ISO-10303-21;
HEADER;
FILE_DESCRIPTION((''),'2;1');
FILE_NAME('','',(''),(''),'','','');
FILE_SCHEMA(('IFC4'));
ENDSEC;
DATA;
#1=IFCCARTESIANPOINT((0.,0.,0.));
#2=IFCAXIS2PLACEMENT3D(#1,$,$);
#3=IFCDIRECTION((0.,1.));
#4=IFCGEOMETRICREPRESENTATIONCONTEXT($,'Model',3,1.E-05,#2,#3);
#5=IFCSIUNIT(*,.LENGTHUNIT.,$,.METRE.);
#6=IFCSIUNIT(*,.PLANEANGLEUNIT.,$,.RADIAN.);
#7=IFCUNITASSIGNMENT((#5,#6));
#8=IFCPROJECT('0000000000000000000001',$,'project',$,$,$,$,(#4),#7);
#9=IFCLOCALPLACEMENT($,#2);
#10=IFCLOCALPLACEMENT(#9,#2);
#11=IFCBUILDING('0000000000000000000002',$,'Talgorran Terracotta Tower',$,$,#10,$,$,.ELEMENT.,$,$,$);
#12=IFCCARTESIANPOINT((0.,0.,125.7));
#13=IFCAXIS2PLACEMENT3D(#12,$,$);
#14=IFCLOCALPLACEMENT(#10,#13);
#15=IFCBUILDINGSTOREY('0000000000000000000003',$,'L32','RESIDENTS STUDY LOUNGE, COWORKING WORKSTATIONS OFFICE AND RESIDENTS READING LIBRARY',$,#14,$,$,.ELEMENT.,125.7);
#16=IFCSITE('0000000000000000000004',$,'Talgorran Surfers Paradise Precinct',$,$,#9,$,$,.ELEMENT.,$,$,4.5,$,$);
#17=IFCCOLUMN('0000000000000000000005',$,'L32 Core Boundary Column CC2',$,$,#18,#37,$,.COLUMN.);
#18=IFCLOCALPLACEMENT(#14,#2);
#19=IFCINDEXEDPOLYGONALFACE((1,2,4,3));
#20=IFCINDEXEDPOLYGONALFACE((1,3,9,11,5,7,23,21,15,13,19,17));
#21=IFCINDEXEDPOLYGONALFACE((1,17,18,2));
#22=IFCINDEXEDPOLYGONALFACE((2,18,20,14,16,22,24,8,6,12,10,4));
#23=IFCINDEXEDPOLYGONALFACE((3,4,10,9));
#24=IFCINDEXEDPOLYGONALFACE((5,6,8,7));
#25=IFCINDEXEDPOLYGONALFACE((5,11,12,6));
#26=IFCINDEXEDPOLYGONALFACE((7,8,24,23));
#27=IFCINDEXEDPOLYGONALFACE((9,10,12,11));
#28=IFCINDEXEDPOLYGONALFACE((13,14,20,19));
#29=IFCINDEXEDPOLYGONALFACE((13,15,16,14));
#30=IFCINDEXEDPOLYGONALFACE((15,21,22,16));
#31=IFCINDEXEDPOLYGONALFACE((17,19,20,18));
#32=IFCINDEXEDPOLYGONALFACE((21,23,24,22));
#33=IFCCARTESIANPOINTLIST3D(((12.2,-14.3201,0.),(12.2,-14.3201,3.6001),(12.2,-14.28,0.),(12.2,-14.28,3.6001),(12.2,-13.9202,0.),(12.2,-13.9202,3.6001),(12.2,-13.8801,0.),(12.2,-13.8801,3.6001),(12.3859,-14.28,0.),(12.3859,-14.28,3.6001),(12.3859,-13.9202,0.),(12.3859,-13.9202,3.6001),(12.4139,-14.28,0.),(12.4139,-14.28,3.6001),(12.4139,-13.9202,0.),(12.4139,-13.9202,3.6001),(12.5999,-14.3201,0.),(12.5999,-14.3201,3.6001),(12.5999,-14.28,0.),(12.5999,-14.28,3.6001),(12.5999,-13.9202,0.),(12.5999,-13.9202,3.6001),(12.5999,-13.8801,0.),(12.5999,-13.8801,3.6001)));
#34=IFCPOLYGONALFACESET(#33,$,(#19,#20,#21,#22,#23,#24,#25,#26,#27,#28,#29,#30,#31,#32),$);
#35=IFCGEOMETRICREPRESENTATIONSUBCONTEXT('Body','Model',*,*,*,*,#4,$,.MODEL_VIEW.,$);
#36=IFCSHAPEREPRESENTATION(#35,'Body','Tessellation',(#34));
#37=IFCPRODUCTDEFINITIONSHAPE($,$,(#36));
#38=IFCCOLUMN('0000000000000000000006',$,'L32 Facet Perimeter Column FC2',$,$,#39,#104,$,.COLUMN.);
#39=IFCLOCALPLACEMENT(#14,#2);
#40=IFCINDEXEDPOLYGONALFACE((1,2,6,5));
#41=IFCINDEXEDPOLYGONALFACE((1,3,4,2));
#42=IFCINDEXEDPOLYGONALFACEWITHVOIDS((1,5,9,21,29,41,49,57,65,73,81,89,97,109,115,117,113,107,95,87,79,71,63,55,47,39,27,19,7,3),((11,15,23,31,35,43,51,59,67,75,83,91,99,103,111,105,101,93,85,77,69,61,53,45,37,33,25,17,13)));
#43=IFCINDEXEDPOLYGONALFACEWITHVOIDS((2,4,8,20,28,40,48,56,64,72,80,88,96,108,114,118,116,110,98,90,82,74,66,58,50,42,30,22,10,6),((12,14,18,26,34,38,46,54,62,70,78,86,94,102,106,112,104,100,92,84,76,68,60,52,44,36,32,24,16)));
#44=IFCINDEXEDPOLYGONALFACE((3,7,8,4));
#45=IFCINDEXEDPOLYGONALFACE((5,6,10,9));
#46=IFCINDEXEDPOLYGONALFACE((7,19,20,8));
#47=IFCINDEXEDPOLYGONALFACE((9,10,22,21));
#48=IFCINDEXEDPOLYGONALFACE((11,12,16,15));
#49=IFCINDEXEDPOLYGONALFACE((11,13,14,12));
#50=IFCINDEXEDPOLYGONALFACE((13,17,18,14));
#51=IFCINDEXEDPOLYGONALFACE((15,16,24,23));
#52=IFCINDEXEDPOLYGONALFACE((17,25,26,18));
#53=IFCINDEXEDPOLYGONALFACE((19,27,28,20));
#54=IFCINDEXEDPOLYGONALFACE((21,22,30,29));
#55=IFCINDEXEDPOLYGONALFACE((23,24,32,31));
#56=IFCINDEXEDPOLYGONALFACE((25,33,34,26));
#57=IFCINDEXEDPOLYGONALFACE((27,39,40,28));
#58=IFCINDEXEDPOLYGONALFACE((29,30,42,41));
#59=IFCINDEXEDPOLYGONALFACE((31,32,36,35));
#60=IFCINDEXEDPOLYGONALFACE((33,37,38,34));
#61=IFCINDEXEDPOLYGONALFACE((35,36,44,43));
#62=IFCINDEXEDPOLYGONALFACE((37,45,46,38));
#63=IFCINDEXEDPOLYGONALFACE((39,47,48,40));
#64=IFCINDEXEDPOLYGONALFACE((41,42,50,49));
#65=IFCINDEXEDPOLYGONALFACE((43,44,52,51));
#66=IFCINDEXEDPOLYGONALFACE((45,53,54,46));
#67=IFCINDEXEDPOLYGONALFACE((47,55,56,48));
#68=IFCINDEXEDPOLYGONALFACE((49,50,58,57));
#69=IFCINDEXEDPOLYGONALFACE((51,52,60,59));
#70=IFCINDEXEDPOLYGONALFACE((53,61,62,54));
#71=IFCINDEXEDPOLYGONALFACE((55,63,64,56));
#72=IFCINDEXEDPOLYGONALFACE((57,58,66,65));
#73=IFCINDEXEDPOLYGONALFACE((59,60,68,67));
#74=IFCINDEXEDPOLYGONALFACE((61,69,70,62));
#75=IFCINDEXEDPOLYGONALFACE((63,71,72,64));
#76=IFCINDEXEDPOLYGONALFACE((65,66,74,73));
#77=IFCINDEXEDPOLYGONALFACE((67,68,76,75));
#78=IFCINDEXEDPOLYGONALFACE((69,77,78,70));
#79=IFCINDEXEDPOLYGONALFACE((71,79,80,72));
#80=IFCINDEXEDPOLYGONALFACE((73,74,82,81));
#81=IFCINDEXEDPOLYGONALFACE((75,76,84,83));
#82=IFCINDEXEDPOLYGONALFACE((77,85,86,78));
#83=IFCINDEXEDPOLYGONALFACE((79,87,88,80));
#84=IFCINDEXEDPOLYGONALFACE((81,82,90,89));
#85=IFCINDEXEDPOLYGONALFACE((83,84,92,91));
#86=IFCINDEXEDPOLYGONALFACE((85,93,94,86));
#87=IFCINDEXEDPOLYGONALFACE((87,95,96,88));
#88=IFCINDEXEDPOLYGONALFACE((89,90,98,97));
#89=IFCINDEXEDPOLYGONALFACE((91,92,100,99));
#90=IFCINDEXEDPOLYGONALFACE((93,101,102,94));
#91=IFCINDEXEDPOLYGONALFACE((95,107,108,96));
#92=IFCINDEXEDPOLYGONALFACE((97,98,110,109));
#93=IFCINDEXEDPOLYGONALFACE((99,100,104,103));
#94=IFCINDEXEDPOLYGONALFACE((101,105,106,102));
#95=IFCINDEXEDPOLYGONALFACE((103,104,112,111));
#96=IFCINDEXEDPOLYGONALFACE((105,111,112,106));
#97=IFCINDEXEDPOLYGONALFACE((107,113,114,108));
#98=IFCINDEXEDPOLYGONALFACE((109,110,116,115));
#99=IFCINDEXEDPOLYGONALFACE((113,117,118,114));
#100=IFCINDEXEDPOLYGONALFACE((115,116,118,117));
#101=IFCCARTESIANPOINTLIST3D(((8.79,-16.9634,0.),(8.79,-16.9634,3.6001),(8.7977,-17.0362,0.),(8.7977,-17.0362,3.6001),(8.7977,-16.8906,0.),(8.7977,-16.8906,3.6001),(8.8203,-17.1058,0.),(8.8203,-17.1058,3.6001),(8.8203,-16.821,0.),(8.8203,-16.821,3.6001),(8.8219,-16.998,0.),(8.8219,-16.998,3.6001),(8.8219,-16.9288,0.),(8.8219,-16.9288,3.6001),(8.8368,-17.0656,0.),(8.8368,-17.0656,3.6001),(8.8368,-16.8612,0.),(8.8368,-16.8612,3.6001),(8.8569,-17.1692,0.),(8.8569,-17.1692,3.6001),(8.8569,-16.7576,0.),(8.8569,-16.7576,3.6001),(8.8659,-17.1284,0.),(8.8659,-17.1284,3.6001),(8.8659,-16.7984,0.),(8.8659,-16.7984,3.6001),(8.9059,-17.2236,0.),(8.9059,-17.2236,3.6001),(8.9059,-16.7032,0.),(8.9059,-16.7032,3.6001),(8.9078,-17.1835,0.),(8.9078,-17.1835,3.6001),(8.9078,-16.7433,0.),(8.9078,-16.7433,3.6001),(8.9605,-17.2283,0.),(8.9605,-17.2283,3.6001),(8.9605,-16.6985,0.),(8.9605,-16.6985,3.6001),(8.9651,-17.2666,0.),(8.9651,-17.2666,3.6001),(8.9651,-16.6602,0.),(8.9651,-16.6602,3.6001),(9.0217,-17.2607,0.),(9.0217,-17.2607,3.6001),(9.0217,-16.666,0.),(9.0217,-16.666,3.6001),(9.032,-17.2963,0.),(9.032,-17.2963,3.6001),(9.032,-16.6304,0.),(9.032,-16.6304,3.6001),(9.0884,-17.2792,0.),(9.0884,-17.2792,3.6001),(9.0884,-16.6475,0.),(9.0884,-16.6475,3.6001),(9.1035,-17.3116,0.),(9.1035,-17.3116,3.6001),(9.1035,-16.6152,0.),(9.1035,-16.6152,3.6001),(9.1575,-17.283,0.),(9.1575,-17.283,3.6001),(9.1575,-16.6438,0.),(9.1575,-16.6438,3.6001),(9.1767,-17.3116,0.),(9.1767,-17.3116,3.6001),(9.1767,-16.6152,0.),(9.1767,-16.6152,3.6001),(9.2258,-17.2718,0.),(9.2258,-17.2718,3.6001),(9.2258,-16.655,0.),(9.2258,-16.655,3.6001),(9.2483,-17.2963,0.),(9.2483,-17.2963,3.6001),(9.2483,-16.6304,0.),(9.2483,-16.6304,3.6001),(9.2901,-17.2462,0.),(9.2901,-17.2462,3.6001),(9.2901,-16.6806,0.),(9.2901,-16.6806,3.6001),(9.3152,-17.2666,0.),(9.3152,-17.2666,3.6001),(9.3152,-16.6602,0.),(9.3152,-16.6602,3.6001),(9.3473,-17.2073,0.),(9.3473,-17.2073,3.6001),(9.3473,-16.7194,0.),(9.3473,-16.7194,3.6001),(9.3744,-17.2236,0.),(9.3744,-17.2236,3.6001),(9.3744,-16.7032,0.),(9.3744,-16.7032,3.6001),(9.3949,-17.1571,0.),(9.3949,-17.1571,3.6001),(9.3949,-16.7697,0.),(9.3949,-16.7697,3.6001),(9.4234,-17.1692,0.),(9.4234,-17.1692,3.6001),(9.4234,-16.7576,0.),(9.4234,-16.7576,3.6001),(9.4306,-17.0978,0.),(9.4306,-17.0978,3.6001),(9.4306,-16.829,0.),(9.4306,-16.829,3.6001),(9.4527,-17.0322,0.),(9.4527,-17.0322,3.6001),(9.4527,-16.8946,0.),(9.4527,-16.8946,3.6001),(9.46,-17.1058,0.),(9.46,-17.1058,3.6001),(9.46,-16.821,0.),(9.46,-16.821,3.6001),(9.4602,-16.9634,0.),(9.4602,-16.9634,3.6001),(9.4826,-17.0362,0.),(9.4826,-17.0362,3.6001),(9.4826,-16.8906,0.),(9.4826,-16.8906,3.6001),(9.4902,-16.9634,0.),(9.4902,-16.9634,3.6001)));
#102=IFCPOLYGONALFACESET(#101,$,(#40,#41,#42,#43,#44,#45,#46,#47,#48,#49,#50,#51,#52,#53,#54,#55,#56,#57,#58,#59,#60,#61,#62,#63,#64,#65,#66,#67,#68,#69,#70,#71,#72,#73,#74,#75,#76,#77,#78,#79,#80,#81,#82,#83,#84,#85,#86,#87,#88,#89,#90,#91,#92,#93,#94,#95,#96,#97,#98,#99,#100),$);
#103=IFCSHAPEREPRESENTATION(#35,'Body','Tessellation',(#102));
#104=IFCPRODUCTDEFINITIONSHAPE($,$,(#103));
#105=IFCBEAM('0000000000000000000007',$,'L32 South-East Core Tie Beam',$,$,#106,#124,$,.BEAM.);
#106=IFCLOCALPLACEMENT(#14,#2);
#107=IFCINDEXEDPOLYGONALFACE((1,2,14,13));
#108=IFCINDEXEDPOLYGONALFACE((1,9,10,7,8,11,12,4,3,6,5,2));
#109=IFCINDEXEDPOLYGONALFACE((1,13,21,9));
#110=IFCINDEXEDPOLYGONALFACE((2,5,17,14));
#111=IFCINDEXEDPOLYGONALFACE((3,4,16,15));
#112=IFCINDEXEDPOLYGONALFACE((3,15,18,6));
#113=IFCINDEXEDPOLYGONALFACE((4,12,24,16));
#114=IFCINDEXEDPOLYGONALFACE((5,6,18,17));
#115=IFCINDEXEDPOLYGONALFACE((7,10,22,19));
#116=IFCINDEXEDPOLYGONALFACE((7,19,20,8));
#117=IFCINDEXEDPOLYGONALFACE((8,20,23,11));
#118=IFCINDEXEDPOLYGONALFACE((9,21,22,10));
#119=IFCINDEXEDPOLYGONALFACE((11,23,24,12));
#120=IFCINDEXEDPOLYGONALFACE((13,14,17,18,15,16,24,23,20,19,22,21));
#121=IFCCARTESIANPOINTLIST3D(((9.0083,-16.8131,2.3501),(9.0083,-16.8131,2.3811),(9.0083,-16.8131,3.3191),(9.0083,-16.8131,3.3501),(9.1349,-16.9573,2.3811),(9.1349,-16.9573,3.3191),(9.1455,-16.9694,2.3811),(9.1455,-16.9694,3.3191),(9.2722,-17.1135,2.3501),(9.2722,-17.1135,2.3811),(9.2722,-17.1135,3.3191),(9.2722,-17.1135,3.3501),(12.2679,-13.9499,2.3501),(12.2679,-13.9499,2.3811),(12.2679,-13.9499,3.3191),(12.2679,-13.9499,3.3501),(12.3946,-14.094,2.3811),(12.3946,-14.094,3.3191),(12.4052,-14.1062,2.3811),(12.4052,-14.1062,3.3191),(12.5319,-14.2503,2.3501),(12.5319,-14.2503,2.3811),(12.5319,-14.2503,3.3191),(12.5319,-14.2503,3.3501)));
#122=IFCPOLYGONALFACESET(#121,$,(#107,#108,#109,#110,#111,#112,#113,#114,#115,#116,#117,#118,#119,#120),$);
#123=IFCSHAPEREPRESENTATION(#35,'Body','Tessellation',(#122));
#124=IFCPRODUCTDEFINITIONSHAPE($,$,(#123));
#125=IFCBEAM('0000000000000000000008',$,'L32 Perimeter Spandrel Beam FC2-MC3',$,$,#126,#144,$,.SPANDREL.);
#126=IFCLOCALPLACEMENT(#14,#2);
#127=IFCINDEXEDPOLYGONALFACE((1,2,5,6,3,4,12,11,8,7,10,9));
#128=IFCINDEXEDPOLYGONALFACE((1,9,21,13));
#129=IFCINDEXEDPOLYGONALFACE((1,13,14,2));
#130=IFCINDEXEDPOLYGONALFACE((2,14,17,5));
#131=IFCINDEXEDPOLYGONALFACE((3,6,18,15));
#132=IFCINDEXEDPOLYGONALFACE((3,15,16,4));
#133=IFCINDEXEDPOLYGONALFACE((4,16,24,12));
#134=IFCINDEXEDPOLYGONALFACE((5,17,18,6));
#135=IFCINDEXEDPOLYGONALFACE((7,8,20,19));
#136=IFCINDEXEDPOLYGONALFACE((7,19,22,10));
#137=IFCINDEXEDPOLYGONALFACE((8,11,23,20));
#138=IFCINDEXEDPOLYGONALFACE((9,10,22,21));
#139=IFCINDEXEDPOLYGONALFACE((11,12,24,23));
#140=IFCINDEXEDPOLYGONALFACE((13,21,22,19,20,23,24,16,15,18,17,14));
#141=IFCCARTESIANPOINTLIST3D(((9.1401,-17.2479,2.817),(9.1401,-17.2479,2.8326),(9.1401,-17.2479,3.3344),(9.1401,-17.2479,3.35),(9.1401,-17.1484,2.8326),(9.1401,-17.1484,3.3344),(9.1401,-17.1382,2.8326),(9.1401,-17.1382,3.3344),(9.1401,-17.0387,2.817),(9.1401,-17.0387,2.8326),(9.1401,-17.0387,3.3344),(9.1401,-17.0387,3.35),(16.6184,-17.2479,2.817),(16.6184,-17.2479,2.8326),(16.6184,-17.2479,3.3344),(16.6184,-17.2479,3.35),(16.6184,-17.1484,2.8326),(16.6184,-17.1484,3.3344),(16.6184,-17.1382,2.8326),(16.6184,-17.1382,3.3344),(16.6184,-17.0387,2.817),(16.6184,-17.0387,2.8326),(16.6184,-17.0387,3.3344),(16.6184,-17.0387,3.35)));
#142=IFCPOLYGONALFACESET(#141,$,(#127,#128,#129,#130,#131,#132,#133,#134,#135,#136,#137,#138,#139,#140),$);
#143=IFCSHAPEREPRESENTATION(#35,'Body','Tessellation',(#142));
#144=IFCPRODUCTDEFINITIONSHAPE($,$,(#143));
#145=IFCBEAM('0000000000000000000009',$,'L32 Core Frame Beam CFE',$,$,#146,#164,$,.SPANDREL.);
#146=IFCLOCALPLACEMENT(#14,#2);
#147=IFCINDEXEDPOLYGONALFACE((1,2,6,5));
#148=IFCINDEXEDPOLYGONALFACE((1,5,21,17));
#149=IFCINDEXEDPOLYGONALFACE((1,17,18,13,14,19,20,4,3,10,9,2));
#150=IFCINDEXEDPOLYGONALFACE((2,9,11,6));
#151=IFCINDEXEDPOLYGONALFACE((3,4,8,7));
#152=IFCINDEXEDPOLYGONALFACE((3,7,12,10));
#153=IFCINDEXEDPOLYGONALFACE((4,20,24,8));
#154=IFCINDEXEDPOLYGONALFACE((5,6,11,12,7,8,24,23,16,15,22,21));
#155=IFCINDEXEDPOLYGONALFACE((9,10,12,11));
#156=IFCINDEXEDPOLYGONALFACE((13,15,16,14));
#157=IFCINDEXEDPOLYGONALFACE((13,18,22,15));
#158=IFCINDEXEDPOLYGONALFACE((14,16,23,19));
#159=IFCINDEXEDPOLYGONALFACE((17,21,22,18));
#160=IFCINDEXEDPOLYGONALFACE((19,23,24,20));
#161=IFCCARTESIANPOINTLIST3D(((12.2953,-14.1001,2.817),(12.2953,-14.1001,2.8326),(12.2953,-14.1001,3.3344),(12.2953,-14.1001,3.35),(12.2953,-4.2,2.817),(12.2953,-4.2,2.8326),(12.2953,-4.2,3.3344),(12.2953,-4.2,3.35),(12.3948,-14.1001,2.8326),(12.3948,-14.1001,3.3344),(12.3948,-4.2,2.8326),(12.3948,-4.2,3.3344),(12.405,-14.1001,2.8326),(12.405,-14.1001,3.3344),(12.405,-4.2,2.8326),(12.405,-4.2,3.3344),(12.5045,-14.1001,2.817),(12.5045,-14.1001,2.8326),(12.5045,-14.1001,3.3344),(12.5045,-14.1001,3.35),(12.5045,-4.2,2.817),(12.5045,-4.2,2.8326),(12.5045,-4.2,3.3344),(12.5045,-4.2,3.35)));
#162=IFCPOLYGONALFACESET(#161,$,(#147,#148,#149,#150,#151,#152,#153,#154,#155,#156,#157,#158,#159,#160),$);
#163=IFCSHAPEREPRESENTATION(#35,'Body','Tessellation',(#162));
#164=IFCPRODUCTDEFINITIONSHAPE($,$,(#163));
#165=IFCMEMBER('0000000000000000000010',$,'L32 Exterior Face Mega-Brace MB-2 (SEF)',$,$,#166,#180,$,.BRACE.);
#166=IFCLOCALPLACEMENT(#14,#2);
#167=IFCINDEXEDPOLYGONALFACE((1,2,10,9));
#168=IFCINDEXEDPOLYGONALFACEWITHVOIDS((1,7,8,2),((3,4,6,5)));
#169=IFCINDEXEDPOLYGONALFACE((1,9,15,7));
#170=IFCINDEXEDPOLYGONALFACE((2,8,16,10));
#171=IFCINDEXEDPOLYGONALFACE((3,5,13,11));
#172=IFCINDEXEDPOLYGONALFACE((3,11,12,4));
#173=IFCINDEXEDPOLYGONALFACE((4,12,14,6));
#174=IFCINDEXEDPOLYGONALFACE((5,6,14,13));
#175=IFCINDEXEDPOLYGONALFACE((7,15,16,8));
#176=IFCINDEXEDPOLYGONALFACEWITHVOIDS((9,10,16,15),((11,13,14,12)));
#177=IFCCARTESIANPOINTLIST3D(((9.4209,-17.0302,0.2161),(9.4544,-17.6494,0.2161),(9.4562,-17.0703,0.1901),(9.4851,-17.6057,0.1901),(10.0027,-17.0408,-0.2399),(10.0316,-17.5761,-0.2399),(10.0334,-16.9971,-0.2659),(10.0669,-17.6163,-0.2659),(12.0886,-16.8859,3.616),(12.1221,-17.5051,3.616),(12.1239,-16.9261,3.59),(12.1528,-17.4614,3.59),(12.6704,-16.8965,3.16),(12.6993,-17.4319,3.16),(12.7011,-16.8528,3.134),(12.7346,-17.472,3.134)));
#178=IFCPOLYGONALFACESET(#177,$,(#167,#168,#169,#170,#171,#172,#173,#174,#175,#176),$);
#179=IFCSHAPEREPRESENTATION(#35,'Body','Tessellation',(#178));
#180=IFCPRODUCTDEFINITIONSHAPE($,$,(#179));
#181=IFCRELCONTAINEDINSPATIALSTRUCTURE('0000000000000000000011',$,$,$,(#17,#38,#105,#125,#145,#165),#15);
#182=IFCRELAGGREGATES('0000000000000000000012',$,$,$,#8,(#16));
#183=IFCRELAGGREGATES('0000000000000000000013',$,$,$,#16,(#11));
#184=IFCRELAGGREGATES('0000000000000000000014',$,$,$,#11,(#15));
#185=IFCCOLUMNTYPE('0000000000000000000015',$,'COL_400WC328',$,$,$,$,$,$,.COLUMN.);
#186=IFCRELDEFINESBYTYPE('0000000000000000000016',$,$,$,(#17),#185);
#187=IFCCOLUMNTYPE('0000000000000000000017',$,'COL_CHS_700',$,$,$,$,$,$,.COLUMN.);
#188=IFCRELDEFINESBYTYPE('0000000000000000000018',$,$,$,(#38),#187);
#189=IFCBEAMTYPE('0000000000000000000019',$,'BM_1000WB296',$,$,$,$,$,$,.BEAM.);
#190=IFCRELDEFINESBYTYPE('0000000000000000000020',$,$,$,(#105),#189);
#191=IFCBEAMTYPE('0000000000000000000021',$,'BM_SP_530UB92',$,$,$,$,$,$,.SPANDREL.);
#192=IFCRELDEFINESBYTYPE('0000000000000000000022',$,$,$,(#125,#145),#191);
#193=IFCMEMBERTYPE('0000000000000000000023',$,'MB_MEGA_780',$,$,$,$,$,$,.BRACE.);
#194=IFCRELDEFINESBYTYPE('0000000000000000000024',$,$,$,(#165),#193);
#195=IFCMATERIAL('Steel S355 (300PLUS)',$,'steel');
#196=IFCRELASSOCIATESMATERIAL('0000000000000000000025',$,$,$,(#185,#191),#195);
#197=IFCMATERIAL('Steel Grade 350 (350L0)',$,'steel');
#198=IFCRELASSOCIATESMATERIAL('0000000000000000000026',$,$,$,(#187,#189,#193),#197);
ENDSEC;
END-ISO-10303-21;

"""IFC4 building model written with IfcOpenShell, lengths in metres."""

from ifc_helpers import new_model, si_unit, direction, frame, origin, origin_2d, place, context, subcontext, project, spatial, hollow_rectangle, hollow_circle, i_section, extrude, material, material_profile, profile_set, type_object, element, save


model = new_model("IFC4")

# Units and contexts
model_context = context("Model", 3, precision=1e-05, world=origin(), true_north=direction((0.0, 1.0)))
body_context = subcontext(model_context, "Body", "Model", "MODEL_VIEW")
ifc_project = project(units=[si_unit("LENGTHUNIT", "METRE"), si_unit("PLANEANGLEUNIT", "RADIAN")], contexts=[model_context])

# Site, building, storey
site_placement = place(None, origin())
site = spatial("IfcSite", under=ifc_project, at=site_placement, Name="Talgorran Surfers Paradise Precinct", CompositionType="ELEMENT", RefElevation=4.5)
building_placement = place(site_placement, origin())
building = spatial("IfcBuilding", under=site, at=building_placement, Name="Talgorran Terracotta Tower", CompositionType="ELEMENT")
storey_placement = place(building_placement, frame((0.0, 0.0, 125.7)))
storey = spatial("IfcBuildingStorey", under=building, at=storey_placement, Name="L32", Description="RESIDENTS STUDY LOUNGE, COWORKING WORKSTATIONS OFFICE AND RESIDENTS READING LIBRARY", CompositionType="ELEMENT", Elevation=125.7)

# Columns
ifc_material_1 = material(Name="Steel S355 (300PLUS)", Category="steel")
ifc_material_profile_1 = material_profile(ifc_material_1, i_section(OverallWidth=0.3999, OverallDepth=0.4399, WebThickness=0.0281, FlangeThickness=0.04, at=origin_2d()), Name="400WC328")
ifc_profile_set_1 = profile_set([ifc_material_profile_1], Name="Steel S355 (300PLUS)")
column_type_1 = type_object("IfcColumnType", Name="COL_400WC328", PredefinedType="COLUMN", material=ifc_profile_set_1)
column_1_placement = place(storey_placement, frame((12.3999, -14.1001, 0.0), z_axis=(0.0, 0.0, 1.0), x_axis=(1.0, 0.0, 0.0)))
element("IfcColumn", 1, at=column_1_placement, inside=storey, type_object=column_type_1, Name="L32 Core Boundary Column CC2", PredefinedType="COLUMN", context=body_context, shape_type="SweptSolid", body=[
    extrude(i_section(OverallWidth=0.3999, OverallDepth=0.4399, WebThickness=0.0281, FlangeThickness=0.04, at=origin_2d()), origin(), (0.0, 0.0, 1.0), 3.6001),
])
ifc_material_2 = material(Name="Steel Grade 350 (350L0)", Category="steel")
ifc_material_profile_2 = material_profile(ifc_material_2, hollow_circle(Radius=0.3501, WallThickness=0.03, at=origin_2d()), Name="CHS700X30")
ifc_profile_set_2 = profile_set([ifc_material_profile_2], Name="Steel Grade 350 (350L0)")
column_type_2 = type_object("IfcColumnType", Name="COL_CHS_700", PredefinedType="COLUMN", material=ifc_profile_set_2)
column_2_placement = place(storey_placement, frame((9.1401, -16.9634, 0.0), z_axis=(0.0, 0.0, 1.0), x_axis=(1.0, 0.0, 0.0)))
element("IfcColumn", 2, at=column_2_placement, inside=storey, type_object=column_type_2, Name="L32 Facet Perimeter Column FC2", PredefinedType="COLUMN", context=body_context, shape_type="SweptSolid", body=[
    extrude(hollow_circle(Radius=0.3501, WallThickness=0.03, at=origin_2d()), origin(), (0.0, 0.0, 1.0), 3.6001),
])

# Beams
ifc_material_profile_3 = material_profile(ifc_material_2, i_section(OverallWidth=0.3999, OverallDepth=1.0, WebThickness=0.0161, FlangeThickness=0.031, at=origin_2d()), Name="1000WB296")
ifc_profile_set_3 = profile_set([ifc_material_profile_3], Name="Steel Grade 350 (350L0)")
beam_type_1 = type_object("IfcBeamType", Name="BM_1000WB296", PredefinedType="BEAM", material=ifc_profile_set_3)
beam_1_placement = place(storey_placement, frame((12.3999, -14.1001, 2.8501), z_axis=(-0.75132, -0.659938, 0.0), x_axis=(0.659938, -0.75132, 0.0)))
element("IfcBeam", 3, at=beam_1_placement, inside=storey, type_object=beam_type_1, Name="L32 South-East Core Tie Beam", PredefinedType="BEAM", context=body_context, shape_type="SweptSolid", body=[
    extrude(i_section(OverallWidth=0.3999, OverallDepth=1.0, WebThickness=0.0161, FlangeThickness=0.031, at=origin_2d()), origin(), (0.0, 0.0, 1.0), 4.3386),
])
ifc_material_profile_4 = material_profile(ifc_material_1, i_section(OverallWidth=0.2092, OverallDepth=0.533, WebThickness=0.0103, FlangeThickness=0.0156, at=origin_2d()), Name="530UB92.4")
ifc_profile_set_4 = profile_set([ifc_material_profile_4], Name="Steel S355 (300PLUS)")
beam_type_2 = type_object("IfcBeamType", Name="BM_SP_530UB92", PredefinedType="SPANDREL", material=ifc_profile_set_4)
beam_2_placement = place(storey_placement, frame((9.1401, -17.1433, 3.0835), z_axis=(1.0, 0.0, 0.0), x_axis=(0.0, 1.0, 0.0)))
element("IfcBeam", 4, at=beam_2_placement, inside=storey, type_object=beam_type_2, Name="L32 Perimeter Spandrel Beam FC2-MC3", PredefinedType="SPANDREL", context=body_context, shape_type="SweptSolid", body=[
    extrude(i_section(OverallWidth=0.2092, OverallDepth=0.533, WebThickness=0.0103, FlangeThickness=0.0156, at=origin_2d()), origin(), (0.0, 0.0, 1.0), 7.4783),
])
beam_3_placement = place(storey_placement, frame((12.3999, -14.1001, 3.0835), z_axis=(0.0, 1.0, 0.0), x_axis=(-1.0, 0.0, 0.0)))
element("IfcBeam", 5, at=beam_3_placement, inside=storey, type_object=beam_type_2, Name="L32 Core Frame Beam CFE", PredefinedType="SPANDREL", context=body_context, shape_type="SweptSolid", body=[
    extrude(i_section(OverallWidth=0.2092, OverallDepth=0.533, WebThickness=0.0103, FlangeThickness=0.0156, at=origin_2d()), origin(), (0.0, 0.0, 1.0), 9.9001),
])

# Member
ifc_material_profile_5 = material_profile(ifc_material_2, hollow_rectangle(XDim=0.6201, YDim=0.78, WallThickness=0.042, at=origin_2d()), Name="WBOX780X620X42")
ifc_profile_set_5 = profile_set([ifc_material_profile_5], Name="Steel Grade 350 (350L0)")
member_type = type_object("IfcMemberType", Name="MB_MEGA_780", PredefinedType="BRACE", material=ifc_profile_set_5)
member_placement = place(storey_placement, frame((9.7439, -17.3232, -0.0249), z_axis=(0.616959, 0.033369, 0.786288), x_axis=(-0.054007, 0.998541, 0.0)))
element("IfcMember", 6, at=member_placement, inside=storey, type_object=member_type, Name="L32 Exterior Face Mega-Brace MB-2 (SEF)", PredefinedType="BRACE", context=body_context, shape_type="SweptSolid", body=[
    extrude(hollow_rectangle(XDim=0.6201, YDim=0.78, WallThickness=0.042, at=origin_2d()), origin(), (0.0, 0.0, 1.0), 4.324),
])

save(model, "model.ifc")
